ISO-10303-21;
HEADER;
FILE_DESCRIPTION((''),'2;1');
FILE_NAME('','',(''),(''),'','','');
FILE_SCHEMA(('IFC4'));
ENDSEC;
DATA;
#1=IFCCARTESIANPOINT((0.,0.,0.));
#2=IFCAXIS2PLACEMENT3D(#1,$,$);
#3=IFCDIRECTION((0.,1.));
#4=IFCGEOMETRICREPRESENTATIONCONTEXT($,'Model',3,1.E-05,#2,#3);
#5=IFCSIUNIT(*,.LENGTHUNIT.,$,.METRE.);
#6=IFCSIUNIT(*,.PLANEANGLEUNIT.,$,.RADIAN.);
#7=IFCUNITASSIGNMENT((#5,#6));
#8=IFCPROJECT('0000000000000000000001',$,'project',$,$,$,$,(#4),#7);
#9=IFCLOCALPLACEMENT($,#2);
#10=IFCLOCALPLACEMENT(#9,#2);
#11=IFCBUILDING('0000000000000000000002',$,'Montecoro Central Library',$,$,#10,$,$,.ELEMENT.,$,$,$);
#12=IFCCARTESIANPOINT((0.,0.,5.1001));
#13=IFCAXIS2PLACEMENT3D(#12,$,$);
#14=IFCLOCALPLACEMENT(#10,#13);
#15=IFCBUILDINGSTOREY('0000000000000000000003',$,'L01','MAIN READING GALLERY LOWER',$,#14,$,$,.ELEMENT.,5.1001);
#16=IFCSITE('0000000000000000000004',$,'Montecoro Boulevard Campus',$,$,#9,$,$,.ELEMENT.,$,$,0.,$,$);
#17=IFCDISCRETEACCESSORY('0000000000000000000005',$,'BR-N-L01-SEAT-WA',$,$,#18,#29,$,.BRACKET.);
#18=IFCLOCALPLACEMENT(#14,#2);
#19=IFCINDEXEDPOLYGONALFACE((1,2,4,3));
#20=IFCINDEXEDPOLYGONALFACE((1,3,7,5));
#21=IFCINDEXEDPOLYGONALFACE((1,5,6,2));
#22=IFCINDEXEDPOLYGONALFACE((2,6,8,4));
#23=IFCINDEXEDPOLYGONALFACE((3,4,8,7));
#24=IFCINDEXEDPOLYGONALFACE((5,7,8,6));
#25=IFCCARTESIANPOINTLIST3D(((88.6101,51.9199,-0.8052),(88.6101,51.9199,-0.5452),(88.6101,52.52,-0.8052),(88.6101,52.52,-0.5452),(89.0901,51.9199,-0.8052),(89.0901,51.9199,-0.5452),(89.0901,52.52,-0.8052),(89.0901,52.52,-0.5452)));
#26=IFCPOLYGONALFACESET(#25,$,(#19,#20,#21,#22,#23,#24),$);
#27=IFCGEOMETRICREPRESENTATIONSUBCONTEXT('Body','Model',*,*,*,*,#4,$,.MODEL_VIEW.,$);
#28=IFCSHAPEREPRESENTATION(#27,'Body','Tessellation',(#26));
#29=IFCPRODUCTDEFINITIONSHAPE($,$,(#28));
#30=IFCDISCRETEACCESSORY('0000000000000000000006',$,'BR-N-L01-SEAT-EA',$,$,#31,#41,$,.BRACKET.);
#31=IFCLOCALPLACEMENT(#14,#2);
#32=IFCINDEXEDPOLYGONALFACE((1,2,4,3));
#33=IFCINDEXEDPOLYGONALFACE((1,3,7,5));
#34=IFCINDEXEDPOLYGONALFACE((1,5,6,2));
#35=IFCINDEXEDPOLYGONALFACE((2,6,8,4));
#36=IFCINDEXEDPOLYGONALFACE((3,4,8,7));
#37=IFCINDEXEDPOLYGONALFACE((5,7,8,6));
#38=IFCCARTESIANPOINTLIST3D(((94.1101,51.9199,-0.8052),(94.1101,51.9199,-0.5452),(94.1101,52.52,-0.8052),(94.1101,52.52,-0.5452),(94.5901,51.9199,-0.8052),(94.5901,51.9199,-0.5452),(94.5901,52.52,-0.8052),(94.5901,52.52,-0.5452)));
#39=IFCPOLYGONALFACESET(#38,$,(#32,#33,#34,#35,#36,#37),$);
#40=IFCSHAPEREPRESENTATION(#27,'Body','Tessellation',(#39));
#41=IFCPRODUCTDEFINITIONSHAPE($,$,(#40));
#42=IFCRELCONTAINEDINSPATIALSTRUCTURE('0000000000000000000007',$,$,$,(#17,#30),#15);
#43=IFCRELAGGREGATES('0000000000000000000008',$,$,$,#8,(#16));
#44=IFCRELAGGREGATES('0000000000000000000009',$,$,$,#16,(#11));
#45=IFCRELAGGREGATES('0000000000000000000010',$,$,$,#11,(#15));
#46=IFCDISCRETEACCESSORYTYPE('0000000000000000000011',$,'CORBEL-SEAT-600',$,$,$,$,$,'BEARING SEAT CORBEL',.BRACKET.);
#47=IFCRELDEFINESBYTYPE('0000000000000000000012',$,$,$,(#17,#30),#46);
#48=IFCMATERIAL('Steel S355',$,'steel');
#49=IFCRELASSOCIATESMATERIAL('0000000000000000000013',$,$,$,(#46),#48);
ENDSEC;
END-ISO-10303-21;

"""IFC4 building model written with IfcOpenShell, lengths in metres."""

from ifc_helpers import new_model, si_unit, direction, frame, origin, origin_2d, place, context, subcontext, project, spatial, rectangle, extrude, material, type_object, element, save


model = new_model("IFC4")

# Units and contexts
model_context = context("Model", 3, precision=1e-05, world=origin(), true_north=direction((0.0, 1.0)))
body_context = subcontext(model_context, "Body", "Model", "MODEL_VIEW")
ifc_project = project(units=[si_unit("LENGTHUNIT", "METRE"), si_unit("PLANEANGLEUNIT", "RADIAN")], contexts=[model_context])

# Site, building, storey
site_placement = place(None, origin())
site = spatial("IfcSite", under=ifc_project, at=site_placement, Name="Montecoro Boulevard Campus", CompositionType="ELEMENT", RefElevation=0.0)
building_placement = place(site_placement, origin())
building = spatial("IfcBuilding", under=site, at=building_placement, Name="Montecoro Central Library", CompositionType="ELEMENT")
storey_placement = place(building_placement, frame((0.0, 0.0, 5.1001)))
storey = spatial("IfcBuildingStorey", under=building, at=storey_placement, Name="L01", Description="MAIN READING GALLERY LOWER", CompositionType="ELEMENT", Elevation=5.1001)

# Shared definitions
ifc_material_1 = material(Name="Steel S355", Category="steel")

# Discrete accessories
discrete_accessory_type_1 = type_object("IfcDiscreteAccessoryType", Name="CORBEL-SEAT-600", ElementType="BEARING SEAT CORBEL", PredefinedType="BRACKET", material=ifc_material_1)
for number, where, z_axis, x_axis, name in (
    (1, (88.8501, 52.22, -0.8052), (0.0, 0.0, 1.0), (1.0, 0.0, 0.0), "BR-N-L01-SEAT-WA"),
    (2, (94.3501, 52.22, -0.8052), (0.0, 0.0, 1.0), (1.0, 0.0, 0.0), "BR-N-L01-SEAT-EA"),
):
    element("IfcDiscreteAccessory", number, at=place(storey_placement, frame(where, z_axis=z_axis, x_axis=x_axis)), inside=storey, type_object=discrete_accessory_type_1, Name=name, PredefinedType="BRACKET", context=body_context, shape_type="SweptSolid", body=[
        extrude(rectangle(XDim=0.48, YDim=0.6001, at=origin_2d()), origin(), (0.0, 0.0, 1.0), 0.26),
    ])

save(model, "model.ifc")
